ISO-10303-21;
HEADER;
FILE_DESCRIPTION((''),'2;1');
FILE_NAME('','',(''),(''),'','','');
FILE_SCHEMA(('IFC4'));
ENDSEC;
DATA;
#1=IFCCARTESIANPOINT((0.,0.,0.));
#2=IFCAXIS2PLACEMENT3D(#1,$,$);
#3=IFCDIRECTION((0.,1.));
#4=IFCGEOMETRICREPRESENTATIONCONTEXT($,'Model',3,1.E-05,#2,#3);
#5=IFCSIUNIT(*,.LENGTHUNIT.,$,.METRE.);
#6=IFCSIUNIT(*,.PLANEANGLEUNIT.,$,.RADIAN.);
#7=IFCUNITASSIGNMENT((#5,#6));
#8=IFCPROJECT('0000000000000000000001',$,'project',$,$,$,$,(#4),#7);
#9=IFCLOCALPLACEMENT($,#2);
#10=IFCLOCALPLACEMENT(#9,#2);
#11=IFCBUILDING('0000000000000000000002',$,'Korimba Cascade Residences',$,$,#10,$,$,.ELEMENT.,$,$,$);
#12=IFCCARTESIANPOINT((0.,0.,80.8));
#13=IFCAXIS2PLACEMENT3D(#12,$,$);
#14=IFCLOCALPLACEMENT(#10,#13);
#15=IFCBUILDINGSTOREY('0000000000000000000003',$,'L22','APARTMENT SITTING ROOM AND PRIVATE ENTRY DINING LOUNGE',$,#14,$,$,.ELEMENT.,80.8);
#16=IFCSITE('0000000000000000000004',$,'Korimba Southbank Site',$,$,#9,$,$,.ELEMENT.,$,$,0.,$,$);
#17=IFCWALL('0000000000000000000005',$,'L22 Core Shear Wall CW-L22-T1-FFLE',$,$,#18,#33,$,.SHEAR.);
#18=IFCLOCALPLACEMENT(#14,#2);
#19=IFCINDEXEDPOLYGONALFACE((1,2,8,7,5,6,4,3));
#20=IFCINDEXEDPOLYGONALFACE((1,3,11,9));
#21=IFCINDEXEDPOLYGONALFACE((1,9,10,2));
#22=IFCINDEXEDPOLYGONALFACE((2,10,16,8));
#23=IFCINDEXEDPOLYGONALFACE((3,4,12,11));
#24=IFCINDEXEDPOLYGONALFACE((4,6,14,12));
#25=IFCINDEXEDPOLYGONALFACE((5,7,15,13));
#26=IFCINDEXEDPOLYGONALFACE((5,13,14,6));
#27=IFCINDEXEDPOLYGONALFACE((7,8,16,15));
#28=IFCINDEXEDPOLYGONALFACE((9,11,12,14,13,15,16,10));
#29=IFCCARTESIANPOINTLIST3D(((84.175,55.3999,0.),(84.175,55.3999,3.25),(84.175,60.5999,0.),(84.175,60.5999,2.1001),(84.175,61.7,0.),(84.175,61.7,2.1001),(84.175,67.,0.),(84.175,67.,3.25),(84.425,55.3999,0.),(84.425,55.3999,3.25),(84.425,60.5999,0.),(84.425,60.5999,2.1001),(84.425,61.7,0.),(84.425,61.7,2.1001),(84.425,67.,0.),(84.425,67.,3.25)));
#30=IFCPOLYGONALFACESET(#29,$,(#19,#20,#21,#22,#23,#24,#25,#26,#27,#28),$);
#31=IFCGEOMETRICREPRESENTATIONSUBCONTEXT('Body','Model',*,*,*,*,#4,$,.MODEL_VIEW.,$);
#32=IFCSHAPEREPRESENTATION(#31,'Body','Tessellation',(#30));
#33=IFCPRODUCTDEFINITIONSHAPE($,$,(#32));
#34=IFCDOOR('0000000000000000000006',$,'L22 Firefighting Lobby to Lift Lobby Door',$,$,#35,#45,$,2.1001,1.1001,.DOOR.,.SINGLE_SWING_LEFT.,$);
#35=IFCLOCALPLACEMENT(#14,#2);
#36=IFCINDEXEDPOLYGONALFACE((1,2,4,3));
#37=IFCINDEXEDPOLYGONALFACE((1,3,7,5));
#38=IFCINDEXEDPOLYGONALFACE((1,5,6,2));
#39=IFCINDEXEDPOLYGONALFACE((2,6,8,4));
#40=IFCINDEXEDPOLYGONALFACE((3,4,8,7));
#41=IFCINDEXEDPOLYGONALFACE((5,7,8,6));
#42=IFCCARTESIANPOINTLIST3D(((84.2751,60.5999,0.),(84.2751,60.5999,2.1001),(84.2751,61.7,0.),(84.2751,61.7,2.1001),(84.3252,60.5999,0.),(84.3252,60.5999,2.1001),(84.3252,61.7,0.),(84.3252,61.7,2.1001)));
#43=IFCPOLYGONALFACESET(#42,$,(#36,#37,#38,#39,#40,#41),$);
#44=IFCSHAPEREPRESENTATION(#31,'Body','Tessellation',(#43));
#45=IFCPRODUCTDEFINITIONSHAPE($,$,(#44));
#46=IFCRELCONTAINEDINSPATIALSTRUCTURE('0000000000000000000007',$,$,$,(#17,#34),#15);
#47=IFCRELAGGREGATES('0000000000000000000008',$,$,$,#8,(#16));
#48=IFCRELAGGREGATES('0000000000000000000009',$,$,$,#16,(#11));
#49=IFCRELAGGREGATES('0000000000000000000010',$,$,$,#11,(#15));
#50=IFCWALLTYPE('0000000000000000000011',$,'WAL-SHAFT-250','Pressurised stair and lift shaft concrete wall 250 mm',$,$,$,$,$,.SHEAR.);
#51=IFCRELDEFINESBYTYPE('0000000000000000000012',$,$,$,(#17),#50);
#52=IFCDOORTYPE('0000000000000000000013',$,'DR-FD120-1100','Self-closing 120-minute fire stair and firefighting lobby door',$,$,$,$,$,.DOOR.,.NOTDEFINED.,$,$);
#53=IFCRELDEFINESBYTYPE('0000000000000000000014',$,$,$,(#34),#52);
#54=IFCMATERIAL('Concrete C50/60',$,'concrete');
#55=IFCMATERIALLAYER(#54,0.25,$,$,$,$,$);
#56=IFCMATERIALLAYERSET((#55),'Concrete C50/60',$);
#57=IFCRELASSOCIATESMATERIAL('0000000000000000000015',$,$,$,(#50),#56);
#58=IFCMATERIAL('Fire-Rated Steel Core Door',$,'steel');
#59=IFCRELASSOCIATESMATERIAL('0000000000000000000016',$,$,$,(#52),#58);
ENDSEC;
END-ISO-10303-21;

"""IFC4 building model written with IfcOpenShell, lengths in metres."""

from ifc_helpers import new_model, si_unit, direction, frame, frame_2d, origin, place, context, subcontext, project, spatial, rectangle, extrude, material, layer, layer_set, type_object, element, fill, save


model = new_model("IFC4")

# Units and contexts
model_context = context("Model", 3, precision=1e-05, world=origin(), true_north=direction((0.0, 1.0)))
body_context = subcontext(model_context, "Body", "Model", "MODEL_VIEW")
ifc_project = project(units=[si_unit("LENGTHUNIT", "METRE"), si_unit("PLANEANGLEUNIT", "RADIAN")], contexts=[model_context])

# Site, building, storey
site_placement = place(None, origin())
site = spatial("IfcSite", under=ifc_project, at=site_placement, Name="Korimba Southbank Site", CompositionType="ELEMENT", RefElevation=0.0)
building_placement = place(site_placement, origin())
building = spatial("IfcBuilding", under=site, at=building_placement, Name="Korimba Cascade Residences", CompositionType="ELEMENT")
storey_placement = place(building_placement, frame((0.0, 0.0, 80.8)))
storey = spatial("IfcBuildingStorey", under=building, at=storey_placement, Name="L22", Description="APARTMENT SITTING ROOM AND PRIVATE ENTRY DINING LOUNGE", CompositionType="ELEMENT", Elevation=80.8)

# Shared definitions
ifc_material_1 = material(Name="Concrete C50/60", Category="concrete")
ifc_layer_1 = layer(ifc_material_1, 0.25)
ifc_layer_set_1 = layer_set([ifc_layer_1], Name="Concrete C50/60")
wall_type_1 = type_object("IfcWallType", Name="WAL-SHAFT-250", Description="Pressurised stair and lift shaft concrete wall 250 mm", PredefinedType="SHEAR", material=ifc_layer_set_1)
ifc_material_2 = material(Name="Fire-Rated Steel Core Door", Category="steel")
door_type_1 = type_object("IfcDoorType", Name="DR-FD120-1100", Description="Self-closing 120-minute fire stair and firefighting lobby door", OperationType="NOTDEFINED", PredefinedType="DOOR", material=ifc_material_2)

# Wall, opening, door
wall_1_placement = place(storey_placement, frame((84.3, 55.3999, 0.0), z_axis=(0.0, 0.0, 1.0), x_axis=(0.0, 1.0, 0.0)))
wall_1 = element("IfcWall", 1, at=wall_1_placement, inside=storey, type_object=wall_type_1, Name="L22 Core Shear Wall CW-L22-T1-FFLE", PredefinedType="SHEAR", context=body_context, shape_type="SweptSolid", body=[
    extrude(rectangle(XDim=11.6001, YDim=0.25, at=frame_2d((5.8, 0.0))), origin(), (0.0, 0.0, 1.0), 3.25),
])
opening_1_placement = place(wall_1_placement, frame((5.2, 0.0, 0.0)))
opening_1 = element("IfcOpeningElement", 2, at=opening_1_placement, cuts=wall_1, PredefinedType="OPENING", context=body_context, shape_type="SweptSolid", body=[
    extrude(rectangle(XDim=1.1001, YDim=2.1001, at=frame_2d((0.55, 1.05))), frame((0.0, 0.135, 0.0), z_axis=(0.0, -1.0, 0.0), x_axis=(1.0, 0.0, 0.0)), (0.0, 0.0, 1.0), 0.27),
])
door_1_placement = place(opening_1_placement, origin())
door_1 = element("IfcDoor", 3, at=door_1_placement, inside=storey, type_object=door_type_1, Name="L22 Firefighting Lobby to Lift Lobby Door", OperationType="SINGLE_SWING_LEFT", OverallHeight=2.1001, OverallWidth=1.1001, PredefinedType="DOOR", context=body_context, shape_type="SweptSolid", body=[
    extrude(rectangle(XDim=1.1001, YDim=2.1001, at=frame_2d((0.55, 1.05))), frame((0.0, 0.0249, 0.0), z_axis=(0.0, -1.0, 0.0), x_axis=(1.0, 0.0, 0.0)), (0.0, 0.0, 1.0), 0.05),
])
fill(opening_1, door_1)

save(model, "model.ifc")
